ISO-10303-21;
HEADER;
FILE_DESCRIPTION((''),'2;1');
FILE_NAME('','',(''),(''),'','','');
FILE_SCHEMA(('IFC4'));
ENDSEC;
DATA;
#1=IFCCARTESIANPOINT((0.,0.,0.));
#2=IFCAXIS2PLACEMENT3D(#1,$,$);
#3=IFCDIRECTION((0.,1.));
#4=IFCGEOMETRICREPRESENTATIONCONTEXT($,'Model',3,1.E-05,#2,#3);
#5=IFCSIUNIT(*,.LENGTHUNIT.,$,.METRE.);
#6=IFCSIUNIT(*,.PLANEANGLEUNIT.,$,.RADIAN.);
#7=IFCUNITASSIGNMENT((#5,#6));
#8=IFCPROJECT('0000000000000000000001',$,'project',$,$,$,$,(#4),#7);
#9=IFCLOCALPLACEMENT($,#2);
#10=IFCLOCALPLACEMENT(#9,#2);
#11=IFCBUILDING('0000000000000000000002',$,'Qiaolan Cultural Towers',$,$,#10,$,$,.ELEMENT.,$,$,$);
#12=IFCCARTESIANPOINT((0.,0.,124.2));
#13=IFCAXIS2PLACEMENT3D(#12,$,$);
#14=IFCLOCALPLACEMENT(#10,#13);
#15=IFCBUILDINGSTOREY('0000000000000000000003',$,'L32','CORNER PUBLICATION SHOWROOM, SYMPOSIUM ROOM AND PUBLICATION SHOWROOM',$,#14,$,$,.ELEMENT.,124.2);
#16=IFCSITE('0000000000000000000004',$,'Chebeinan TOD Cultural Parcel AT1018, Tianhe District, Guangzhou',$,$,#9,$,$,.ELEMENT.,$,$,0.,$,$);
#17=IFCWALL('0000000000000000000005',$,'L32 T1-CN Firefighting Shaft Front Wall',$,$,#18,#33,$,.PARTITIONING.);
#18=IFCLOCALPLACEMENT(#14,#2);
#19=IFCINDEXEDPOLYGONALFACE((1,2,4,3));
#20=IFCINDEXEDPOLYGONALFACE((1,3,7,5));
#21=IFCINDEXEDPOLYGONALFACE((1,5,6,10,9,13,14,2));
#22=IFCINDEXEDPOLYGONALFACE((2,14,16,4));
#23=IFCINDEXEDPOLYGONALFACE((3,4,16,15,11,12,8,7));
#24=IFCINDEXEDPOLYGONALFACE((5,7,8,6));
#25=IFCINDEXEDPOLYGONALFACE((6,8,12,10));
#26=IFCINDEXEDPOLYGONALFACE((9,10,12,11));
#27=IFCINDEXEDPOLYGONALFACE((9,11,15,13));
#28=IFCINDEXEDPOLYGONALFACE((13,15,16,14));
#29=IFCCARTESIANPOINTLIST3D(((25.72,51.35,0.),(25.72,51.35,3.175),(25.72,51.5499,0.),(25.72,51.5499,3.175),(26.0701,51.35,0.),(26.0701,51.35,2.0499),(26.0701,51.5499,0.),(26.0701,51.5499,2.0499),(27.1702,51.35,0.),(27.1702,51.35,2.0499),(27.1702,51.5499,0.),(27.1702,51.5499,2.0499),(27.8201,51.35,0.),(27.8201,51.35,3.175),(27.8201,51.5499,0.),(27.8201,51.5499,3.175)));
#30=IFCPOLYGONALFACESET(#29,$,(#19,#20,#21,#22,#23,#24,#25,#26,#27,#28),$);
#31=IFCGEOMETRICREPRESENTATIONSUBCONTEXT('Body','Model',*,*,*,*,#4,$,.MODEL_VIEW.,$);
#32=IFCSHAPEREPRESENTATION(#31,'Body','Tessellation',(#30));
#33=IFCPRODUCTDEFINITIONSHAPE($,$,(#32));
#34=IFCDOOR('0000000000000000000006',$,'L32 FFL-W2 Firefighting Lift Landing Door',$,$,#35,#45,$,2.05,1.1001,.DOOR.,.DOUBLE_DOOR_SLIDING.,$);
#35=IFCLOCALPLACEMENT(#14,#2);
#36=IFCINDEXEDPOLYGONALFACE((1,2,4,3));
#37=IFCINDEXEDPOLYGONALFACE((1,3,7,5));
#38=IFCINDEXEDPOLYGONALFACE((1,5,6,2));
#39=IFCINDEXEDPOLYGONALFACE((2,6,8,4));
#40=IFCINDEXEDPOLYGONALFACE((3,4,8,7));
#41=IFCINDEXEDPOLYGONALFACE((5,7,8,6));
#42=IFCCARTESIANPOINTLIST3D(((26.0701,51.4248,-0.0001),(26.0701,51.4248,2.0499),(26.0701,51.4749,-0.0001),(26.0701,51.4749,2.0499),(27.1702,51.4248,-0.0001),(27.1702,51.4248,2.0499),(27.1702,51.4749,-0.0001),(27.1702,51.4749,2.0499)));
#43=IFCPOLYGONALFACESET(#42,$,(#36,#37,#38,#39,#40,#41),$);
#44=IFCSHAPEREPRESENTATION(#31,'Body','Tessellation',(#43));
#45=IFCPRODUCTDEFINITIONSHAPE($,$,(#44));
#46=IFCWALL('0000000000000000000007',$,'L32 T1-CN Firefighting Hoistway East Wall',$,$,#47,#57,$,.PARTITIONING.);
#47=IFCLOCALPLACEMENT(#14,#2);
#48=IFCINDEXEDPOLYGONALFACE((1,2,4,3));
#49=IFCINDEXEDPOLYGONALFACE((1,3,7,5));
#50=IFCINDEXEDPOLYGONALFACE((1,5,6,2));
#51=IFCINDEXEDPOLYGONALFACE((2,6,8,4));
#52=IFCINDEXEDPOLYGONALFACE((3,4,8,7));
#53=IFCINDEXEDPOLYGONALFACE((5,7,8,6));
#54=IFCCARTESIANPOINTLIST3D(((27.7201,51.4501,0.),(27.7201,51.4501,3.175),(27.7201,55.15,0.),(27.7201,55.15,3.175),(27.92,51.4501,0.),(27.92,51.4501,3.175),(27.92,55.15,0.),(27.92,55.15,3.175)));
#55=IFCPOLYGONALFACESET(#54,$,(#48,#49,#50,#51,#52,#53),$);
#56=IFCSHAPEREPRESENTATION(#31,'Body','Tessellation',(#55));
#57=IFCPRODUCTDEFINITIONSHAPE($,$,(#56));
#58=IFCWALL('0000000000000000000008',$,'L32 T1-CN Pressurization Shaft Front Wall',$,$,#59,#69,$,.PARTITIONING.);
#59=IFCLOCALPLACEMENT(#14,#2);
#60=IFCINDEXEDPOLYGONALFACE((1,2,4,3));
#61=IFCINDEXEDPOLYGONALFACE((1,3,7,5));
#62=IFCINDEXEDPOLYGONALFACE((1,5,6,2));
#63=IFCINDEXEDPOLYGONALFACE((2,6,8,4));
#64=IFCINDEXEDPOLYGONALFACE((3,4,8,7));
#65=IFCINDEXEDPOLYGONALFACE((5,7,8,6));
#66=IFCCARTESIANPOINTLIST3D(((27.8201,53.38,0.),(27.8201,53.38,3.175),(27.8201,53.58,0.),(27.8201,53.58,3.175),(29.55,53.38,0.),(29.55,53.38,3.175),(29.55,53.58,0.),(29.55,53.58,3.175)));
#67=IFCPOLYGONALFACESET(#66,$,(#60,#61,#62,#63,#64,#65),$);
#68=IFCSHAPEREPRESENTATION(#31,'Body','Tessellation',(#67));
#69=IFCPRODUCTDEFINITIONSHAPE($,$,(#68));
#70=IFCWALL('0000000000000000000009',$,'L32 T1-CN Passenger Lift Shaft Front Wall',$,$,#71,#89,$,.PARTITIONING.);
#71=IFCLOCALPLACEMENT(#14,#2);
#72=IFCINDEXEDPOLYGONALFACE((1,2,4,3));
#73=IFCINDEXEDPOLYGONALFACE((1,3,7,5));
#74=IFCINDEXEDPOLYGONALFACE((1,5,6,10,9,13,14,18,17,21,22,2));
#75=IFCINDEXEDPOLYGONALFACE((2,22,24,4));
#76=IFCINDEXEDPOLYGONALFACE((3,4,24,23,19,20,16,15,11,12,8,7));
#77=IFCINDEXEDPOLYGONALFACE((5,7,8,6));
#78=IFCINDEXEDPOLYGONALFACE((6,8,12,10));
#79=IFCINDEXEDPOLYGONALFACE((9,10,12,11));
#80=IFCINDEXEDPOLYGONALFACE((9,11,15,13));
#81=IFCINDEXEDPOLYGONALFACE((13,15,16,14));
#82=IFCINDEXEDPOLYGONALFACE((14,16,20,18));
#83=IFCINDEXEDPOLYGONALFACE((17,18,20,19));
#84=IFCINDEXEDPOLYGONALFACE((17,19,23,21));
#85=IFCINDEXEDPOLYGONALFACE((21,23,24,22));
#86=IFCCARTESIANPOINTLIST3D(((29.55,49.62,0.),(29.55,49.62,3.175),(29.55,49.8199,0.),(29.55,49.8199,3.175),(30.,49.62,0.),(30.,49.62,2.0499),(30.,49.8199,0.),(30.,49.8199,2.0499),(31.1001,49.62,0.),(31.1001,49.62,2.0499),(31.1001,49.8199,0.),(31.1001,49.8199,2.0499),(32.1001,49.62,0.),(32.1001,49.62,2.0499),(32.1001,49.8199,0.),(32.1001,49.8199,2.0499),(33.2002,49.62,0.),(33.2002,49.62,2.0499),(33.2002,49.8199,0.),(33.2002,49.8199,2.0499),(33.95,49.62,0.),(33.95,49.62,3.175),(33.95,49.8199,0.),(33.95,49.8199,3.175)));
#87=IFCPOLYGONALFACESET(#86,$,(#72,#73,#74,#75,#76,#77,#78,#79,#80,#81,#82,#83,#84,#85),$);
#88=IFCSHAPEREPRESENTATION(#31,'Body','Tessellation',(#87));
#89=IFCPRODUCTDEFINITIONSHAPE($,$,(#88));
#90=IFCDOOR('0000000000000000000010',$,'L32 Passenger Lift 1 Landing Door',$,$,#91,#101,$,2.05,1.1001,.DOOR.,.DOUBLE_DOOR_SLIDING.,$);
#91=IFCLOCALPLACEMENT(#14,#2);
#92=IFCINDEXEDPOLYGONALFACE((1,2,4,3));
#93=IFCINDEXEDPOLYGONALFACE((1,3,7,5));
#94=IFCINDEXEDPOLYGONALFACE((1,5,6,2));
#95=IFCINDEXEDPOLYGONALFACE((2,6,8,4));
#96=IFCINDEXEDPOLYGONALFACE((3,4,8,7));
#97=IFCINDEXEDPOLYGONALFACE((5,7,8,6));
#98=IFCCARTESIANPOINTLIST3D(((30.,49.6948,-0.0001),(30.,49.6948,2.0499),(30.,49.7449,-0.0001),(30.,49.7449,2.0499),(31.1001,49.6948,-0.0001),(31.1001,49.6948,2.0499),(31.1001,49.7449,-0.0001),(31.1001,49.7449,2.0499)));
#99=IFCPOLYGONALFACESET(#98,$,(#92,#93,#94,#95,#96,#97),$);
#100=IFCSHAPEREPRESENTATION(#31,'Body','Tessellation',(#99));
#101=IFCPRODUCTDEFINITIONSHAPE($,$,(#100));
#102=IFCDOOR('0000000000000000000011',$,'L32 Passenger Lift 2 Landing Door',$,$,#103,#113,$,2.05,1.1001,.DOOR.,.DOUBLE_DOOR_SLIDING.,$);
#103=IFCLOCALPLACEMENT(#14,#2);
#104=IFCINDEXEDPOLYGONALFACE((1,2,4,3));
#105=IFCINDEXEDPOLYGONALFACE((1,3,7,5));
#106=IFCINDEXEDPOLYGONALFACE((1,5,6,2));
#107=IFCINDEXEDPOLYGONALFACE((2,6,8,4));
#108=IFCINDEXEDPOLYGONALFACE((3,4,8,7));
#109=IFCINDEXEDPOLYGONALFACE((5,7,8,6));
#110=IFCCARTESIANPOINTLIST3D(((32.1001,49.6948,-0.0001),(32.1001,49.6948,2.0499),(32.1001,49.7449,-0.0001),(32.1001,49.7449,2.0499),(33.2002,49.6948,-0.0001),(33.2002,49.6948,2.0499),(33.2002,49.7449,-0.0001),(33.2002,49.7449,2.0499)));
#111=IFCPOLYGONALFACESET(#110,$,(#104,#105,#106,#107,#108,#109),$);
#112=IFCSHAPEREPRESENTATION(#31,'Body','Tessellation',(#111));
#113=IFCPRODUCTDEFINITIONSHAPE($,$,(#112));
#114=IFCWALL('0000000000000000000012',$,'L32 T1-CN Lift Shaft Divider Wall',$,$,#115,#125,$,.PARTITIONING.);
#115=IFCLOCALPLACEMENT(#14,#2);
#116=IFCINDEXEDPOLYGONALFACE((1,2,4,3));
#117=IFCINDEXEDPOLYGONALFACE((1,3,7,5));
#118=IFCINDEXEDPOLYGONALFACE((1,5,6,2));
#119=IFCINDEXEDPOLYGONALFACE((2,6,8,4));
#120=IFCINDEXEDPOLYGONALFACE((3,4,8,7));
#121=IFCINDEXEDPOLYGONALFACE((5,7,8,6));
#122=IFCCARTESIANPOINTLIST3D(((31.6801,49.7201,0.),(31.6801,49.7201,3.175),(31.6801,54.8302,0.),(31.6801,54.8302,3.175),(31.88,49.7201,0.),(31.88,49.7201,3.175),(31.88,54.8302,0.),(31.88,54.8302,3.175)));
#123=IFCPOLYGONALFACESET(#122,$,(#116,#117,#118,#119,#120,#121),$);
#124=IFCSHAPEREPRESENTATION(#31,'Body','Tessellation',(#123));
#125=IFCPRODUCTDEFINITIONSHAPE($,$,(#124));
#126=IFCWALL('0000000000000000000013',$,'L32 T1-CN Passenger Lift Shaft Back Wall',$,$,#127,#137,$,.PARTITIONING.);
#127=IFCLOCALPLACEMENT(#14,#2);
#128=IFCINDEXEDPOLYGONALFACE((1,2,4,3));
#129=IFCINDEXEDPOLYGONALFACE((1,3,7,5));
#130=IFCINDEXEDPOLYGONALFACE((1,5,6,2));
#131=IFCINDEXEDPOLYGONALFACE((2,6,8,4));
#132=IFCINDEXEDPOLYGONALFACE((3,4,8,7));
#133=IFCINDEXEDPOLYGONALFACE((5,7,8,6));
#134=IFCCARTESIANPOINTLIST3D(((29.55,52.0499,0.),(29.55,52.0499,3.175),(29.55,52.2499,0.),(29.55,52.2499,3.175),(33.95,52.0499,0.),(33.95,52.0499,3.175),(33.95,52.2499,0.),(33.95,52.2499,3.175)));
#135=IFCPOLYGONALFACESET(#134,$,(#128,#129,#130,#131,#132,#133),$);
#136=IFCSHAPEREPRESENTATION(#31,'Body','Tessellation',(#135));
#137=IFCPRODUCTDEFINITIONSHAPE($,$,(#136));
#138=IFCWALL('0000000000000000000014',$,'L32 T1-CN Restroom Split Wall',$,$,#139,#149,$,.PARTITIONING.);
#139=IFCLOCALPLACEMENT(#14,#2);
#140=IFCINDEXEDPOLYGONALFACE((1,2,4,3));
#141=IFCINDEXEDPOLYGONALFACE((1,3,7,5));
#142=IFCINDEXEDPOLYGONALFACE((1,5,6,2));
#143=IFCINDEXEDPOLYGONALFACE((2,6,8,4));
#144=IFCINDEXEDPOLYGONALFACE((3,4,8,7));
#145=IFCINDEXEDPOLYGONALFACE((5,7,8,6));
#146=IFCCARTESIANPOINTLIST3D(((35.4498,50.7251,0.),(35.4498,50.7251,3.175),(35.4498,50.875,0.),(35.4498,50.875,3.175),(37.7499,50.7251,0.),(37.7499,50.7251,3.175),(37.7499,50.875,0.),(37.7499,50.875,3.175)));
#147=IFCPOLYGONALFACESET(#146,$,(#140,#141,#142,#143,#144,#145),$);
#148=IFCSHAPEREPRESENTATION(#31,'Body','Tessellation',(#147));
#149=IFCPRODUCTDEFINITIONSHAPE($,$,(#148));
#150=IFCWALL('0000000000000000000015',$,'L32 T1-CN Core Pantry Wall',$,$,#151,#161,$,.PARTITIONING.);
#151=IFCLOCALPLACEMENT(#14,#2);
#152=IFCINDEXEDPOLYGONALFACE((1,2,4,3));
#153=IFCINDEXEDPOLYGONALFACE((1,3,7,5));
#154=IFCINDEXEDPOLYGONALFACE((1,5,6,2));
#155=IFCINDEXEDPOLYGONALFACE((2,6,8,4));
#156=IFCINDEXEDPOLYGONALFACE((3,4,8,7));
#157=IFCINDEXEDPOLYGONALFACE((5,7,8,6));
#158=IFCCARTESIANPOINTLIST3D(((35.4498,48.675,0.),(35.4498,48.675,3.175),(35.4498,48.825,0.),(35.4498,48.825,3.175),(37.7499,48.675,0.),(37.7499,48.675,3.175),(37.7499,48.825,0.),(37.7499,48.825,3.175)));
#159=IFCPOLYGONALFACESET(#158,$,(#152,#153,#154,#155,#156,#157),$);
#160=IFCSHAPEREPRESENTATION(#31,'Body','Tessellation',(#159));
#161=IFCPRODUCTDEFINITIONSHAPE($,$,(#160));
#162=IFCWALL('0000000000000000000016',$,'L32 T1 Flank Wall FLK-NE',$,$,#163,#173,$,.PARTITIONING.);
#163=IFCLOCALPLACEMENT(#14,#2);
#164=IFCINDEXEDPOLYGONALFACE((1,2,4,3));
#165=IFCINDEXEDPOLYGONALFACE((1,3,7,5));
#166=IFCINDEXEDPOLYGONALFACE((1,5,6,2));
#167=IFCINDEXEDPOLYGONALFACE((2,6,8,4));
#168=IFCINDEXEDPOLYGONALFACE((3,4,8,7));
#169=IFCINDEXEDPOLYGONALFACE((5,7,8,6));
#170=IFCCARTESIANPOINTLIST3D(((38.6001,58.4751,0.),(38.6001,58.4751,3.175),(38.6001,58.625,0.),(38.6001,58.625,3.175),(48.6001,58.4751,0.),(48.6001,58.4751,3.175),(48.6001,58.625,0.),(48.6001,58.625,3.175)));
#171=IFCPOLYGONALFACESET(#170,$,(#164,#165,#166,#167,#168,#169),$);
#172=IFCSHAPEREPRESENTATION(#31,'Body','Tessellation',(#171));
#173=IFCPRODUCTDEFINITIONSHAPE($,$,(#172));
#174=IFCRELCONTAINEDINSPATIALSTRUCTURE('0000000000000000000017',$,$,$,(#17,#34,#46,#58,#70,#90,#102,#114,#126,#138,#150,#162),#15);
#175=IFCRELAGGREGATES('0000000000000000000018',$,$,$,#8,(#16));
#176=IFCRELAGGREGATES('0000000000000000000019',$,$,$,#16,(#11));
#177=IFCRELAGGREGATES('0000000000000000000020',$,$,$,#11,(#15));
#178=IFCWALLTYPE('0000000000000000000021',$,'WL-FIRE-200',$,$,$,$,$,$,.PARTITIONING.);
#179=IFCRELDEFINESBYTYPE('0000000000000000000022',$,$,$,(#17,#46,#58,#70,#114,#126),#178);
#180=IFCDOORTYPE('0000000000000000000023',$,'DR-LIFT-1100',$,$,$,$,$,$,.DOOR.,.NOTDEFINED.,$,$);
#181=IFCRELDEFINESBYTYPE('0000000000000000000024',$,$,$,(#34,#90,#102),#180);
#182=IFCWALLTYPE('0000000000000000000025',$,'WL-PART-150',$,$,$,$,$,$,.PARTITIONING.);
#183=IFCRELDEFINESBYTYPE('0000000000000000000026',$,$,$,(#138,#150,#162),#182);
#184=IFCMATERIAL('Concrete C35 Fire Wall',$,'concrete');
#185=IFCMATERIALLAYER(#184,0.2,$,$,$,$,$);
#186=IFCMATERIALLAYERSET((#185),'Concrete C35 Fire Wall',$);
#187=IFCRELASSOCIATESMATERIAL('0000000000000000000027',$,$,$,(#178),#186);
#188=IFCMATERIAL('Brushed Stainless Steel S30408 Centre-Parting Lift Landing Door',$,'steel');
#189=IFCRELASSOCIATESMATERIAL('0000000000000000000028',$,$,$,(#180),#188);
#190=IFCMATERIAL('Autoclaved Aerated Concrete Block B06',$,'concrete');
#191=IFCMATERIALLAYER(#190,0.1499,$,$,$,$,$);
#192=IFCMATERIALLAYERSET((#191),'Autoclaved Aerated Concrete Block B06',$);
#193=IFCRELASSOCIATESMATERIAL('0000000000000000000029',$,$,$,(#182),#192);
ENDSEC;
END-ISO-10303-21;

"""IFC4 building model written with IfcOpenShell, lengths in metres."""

from ifc_helpers import new_model, si_unit, direction, frame, frame_2d, origin, place, context, subcontext, project, spatial, rectangle, extrude, material, layer, layer_set, type_object, element, fill, save


model = new_model("IFC4")

# Units and contexts
model_context = context("Model", 3, precision=1e-05, world=origin(), true_north=direction((0.0, 1.0)))
body_context = subcontext(model_context, "Body", "Model", "MODEL_VIEW")
ifc_project = project(units=[si_unit("LENGTHUNIT", "METRE"), si_unit("PLANEANGLEUNIT", "RADIAN")], contexts=[model_context])

# Site, building, storey
site_placement = place(None, origin())
site = spatial("IfcSite", under=ifc_project, at=site_placement, Name="Chebeinan TOD Cultural Parcel AT1018, Tianhe District, Guangzhou", CompositionType="ELEMENT", RefElevation=0.0)
building_placement = place(site_placement, origin())
building = spatial("IfcBuilding", under=site, at=building_placement, Name="Qiaolan Cultural Towers", CompositionType="ELEMENT")
storey_placement = place(building_placement, frame((0.0, 0.0, 124.2)))
storey = spatial("IfcBuildingStorey", under=building, at=storey_placement, Name="L32", Description="CORNER PUBLICATION SHOWROOM, SYMPOSIUM ROOM AND PUBLICATION SHOWROOM", CompositionType="ELEMENT", Elevation=124.2)

# Wall, opening, door
ifc_material_1 = material(Name="Concrete C35 Fire Wall", Category="concrete")
ifc_layer_1 = layer(ifc_material_1, 0.2)
ifc_layer_set_1 = layer_set([ifc_layer_1], Name="Concrete C35 Fire Wall")
wall_type_1 = type_object("IfcWallType", Name="WL-FIRE-200", PredefinedType="PARTITIONING", material=ifc_layer_set_1)
wall_1_placement = place(storey_placement, frame((25.72, 51.45, 0.0), z_axis=(0.0, 0.0, 1.0), x_axis=(1.0, 0.0, 0.0)))
wall_1 = element("IfcWall", 1, at=wall_1_placement, inside=storey, type_object=wall_type_1, Name="L32 T1-CN Firefighting Shaft Front Wall", PredefinedType="PARTITIONING", context=body_context, shape_type="SweptSolid", body=[
    extrude(rectangle(XDim=2.1001, YDim=0.2, at=frame_2d((1.05, 0.0))), origin(), (0.0, 0.0, 1.0), 3.175),
])
opening_1_placement = place(wall_1_placement, frame((0.3501, 0.0, 0.0)))
opening_1 = element("IfcOpeningElement", 2, at=opening_1_placement, cuts=wall_1, PredefinedType="OPENING", context=body_context, shape_type="SweptSolid", body=[
    extrude(rectangle(XDim=1.1001, YDim=2.05, at=frame_2d((0.55, 1.0249))), frame((0.0, 0.1099, 0.0), z_axis=(0.0, -1.0, 0.0), x_axis=(1.0, 0.0, 0.0)), (0.0, 0.0, 1.0), 0.22),
])
ifc_material_2 = material(Name="Brushed Stainless Steel S30408 Centre-Parting Lift Landing Door", Category="steel")
door_type = type_object("IfcDoorType", Name="DR-LIFT-1100", OperationType="NOTDEFINED", PredefinedType="DOOR", material=ifc_material_2)
door_1_placement = place(opening_1_placement, origin())
door_1 = element("IfcDoor", 3, at=door_1_placement, inside=storey, type_object=door_type, Name="L32 FFL-W2 Firefighting Lift Landing Door", OperationType="DOUBLE_DOOR_SLIDING", OverallHeight=2.05, OverallWidth=1.1001, PredefinedType="DOOR", context=body_context, shape_type="SweptSolid", body=[
    extrude(rectangle(XDim=1.1001, YDim=2.05, at=frame_2d((0.55, 1.0249))), frame((0.0, 0.0249, 0.0), z_axis=(0.0, -1.0, 0.0), x_axis=(1.0, 0.0, 0.0)), (0.0, 0.0, 1.0), 0.05),
])
fill(opening_1, door_1)

# Walls
wall_2_placement = place(storey_placement, frame((27.8201, 51.45, 0.0), z_axis=(0.0, 0.0, 1.0), x_axis=(0.0, 1.0, 0.0)))
element("IfcWall", 4, at=wall_2_placement, inside=storey, type_object=wall_type_1, Name="L32 T1-CN Firefighting Hoistway East Wall", PredefinedType="PARTITIONING", context=body_context, shape_type="SweptSolid", body=[
    extrude(rectangle(XDim=3.7, YDim=0.2, at=frame_2d((1.8501, 0.0))), origin(), (0.0, 0.0, 1.0), 3.175),
])
wall_3_placement = place(storey_placement, frame((27.8201, 53.48, 0.0), z_axis=(0.0, 0.0, 1.0), x_axis=(1.0, 0.0, 0.0)))
element("IfcWall", 5, at=wall_3_placement, inside=storey, type_object=wall_type_1, Name="L32 T1-CN Pressurization Shaft Front Wall", PredefinedType="PARTITIONING", context=body_context, shape_type="SweptSolid", body=[
    extrude(rectangle(XDim=1.73, YDim=0.2, at=frame_2d((0.865, 0.0))), origin(), (0.0, 0.0, 1.0), 3.175),
])

# Wall, openings, doors
wall_4_placement = place(storey_placement, frame((29.55, 49.72, 0.0), z_axis=(0.0, 0.0, 1.0), x_axis=(1.0, 0.0, 0.0)))
wall_4 = element("IfcWall", 6, at=wall_4_placement, inside=storey, type_object=wall_type_1, Name="L32 T1-CN Passenger Lift Shaft Front Wall", PredefinedType="PARTITIONING", context=body_context, shape_type="SweptSolid", body=[
    extrude(rectangle(XDim=4.3999, YDim=0.2, at=frame_2d((2.2, 0.0))), origin(), (0.0, 0.0, 1.0), 3.175),
])
opening_2_placement = place(wall_4_placement, frame((0.45, 0.0, 0.0)))
opening_2 = element("IfcOpeningElement", 7, at=opening_2_placement, cuts=wall_4, PredefinedType="OPENING", context=body_context, shape_type="SweptSolid", body=[
    extrude(rectangle(XDim=1.1001, YDim=2.05, at=frame_2d((0.55, 1.0249))), frame((0.0, 0.1099, 0.0), z_axis=(0.0, -1.0, 0.0), x_axis=(1.0, 0.0, 0.0)), (0.0, 0.0, 1.0), 0.22),
])
opening_3_placement = place(wall_4_placement, frame((2.55, 0.0, 0.0)))
opening_3 = element("IfcOpeningElement", 8, at=opening_3_placement, cuts=wall_4, PredefinedType="OPENING", context=body_context, shape_type="SweptSolid", body=[
    extrude(rectangle(XDim=1.1001, YDim=2.05, at=frame_2d((0.55, 1.0249))), frame((0.0, 0.1099, 0.0), z_axis=(0.0, -1.0, 0.0), x_axis=(1.0, 0.0, 0.0)), (0.0, 0.0, 1.0), 0.22),
])
door_2_placement = place(opening_2_placement, origin())
door_2 = element("IfcDoor", 9, at=door_2_placement, inside=storey, type_object=door_type, Name="L32 Passenger Lift 1 Landing Door", OperationType="DOUBLE_DOOR_SLIDING", OverallHeight=2.05, OverallWidth=1.1001, PredefinedType="DOOR", context=body_context, shape_type="SweptSolid", body=[
    extrude(rectangle(XDim=1.1001, YDim=2.05, at=frame_2d((0.55, 1.0249))), frame((0.0, 0.0249, 0.0), z_axis=(0.0, -1.0, 0.0), x_axis=(1.0, 0.0, 0.0)), (0.0, 0.0, 1.0), 0.05),
])
fill(opening_2, door_2)
door_3_placement = place(opening_3_placement, origin())
door_3 = element("IfcDoor", 10, at=door_3_placement, inside=storey, type_object=door_type, Name="L32 Passenger Lift 2 Landing Door", OperationType="DOUBLE_DOOR_SLIDING", OverallHeight=2.05, OverallWidth=1.1001, PredefinedType="DOOR", context=body_context, shape_type="SweptSolid", body=[
    extrude(rectangle(XDim=1.1001, YDim=2.05, at=frame_2d((0.55, 1.0249))), frame((0.0, 0.0249, 0.0), z_axis=(0.0, -1.0, 0.0), x_axis=(1.0, 0.0, 0.0)), (0.0, 0.0, 1.0), 0.05),
])
fill(opening_3, door_3)

# Walls
wall_5_placement = place(storey_placement, frame((31.78, 49.72, 0.0), z_axis=(0.0, 0.0, 1.0), x_axis=(0.0, 1.0, 0.0)))
element("IfcWall", 11, at=wall_5_placement, inside=storey, type_object=wall_type_1, Name="L32 T1-CN Lift Shaft Divider Wall", PredefinedType="PARTITIONING", context=body_context, shape_type="SweptSolid", body=[
    extrude(rectangle(XDim=5.1101, YDim=0.2, at=frame_2d((2.5552, 0.0))), origin(), (0.0, 0.0, 1.0), 3.175),
])
wall_6_placement = place(storey_placement, frame((29.55, 52.1499, 0.0), z_axis=(0.0, 0.0, 1.0), x_axis=(1.0, 0.0, 0.0)))
element("IfcWall", 12, at=wall_6_placement, inside=storey, type_object=wall_type_1, Name="L32 T1-CN Passenger Lift Shaft Back Wall", PredefinedType="PARTITIONING", context=body_context, shape_type="SweptSolid", body=[
    extrude(rectangle(XDim=4.3999, YDim=0.2, at=frame_2d((2.2, 0.0))), origin(), (0.0, 0.0, 1.0), 3.175),
])
ifc_material_3 = material(Name="Autoclaved Aerated Concrete Block B06", Category="concrete")
ifc_layer_2 = layer(ifc_material_3, 0.1499)
ifc_layer_set_2 = layer_set([ifc_layer_2], Name="Autoclaved Aerated Concrete Block B06")
wall_type_2 = type_object("IfcWallType", Name="WL-PART-150", PredefinedType="PARTITIONING", material=ifc_layer_set_2)
for number, where, z_axis, x_axis, name in (
    (13, (35.45, 50.8, 0.0), (0.0, 0.0, 1.0), (1.0, 0.0, 0.0), "L32 T1-CN Restroom Split Wall"),
    (14, (35.45, 48.75, 0.0), (0.0, 0.0, 1.0), (1.0, 0.0, 0.0), "L32 T1-CN Core Pantry Wall"),
):
    element("IfcWall", number, at=place(storey_placement, frame(where, z_axis=z_axis, x_axis=x_axis)), inside=storey, type_object=wall_type_2, Name=name, PredefinedType="PARTITIONING", context=body_context, shape_type="SweptSolid", body=[
        extrude(rectangle(XDim=2.3, YDim=0.1499, at=frame_2d((1.1499, 0.0))), origin(), (0.0, 0.0, 1.0), 3.175),
    ])
wall_7_placement = place(storey_placement, frame((38.6001, 58.55, 0.0), z_axis=(0.0, 0.0, 1.0), x_axis=(1.0, 0.0, 0.0)))
element("IfcWall", 15, at=wall_7_placement, inside=storey, type_object=wall_type_2, Name="L32 T1 Flank Wall FLK-NE", PredefinedType="PARTITIONING", context=body_context, shape_type="SweptSolid", body=[
    extrude(rectangle(XDim=10.0, YDim=0.1499, at=frame_2d((5.0, 0.0))), origin(), (0.0, 0.0, 1.0), 3.175),
])

save(model, "model.ifc")
